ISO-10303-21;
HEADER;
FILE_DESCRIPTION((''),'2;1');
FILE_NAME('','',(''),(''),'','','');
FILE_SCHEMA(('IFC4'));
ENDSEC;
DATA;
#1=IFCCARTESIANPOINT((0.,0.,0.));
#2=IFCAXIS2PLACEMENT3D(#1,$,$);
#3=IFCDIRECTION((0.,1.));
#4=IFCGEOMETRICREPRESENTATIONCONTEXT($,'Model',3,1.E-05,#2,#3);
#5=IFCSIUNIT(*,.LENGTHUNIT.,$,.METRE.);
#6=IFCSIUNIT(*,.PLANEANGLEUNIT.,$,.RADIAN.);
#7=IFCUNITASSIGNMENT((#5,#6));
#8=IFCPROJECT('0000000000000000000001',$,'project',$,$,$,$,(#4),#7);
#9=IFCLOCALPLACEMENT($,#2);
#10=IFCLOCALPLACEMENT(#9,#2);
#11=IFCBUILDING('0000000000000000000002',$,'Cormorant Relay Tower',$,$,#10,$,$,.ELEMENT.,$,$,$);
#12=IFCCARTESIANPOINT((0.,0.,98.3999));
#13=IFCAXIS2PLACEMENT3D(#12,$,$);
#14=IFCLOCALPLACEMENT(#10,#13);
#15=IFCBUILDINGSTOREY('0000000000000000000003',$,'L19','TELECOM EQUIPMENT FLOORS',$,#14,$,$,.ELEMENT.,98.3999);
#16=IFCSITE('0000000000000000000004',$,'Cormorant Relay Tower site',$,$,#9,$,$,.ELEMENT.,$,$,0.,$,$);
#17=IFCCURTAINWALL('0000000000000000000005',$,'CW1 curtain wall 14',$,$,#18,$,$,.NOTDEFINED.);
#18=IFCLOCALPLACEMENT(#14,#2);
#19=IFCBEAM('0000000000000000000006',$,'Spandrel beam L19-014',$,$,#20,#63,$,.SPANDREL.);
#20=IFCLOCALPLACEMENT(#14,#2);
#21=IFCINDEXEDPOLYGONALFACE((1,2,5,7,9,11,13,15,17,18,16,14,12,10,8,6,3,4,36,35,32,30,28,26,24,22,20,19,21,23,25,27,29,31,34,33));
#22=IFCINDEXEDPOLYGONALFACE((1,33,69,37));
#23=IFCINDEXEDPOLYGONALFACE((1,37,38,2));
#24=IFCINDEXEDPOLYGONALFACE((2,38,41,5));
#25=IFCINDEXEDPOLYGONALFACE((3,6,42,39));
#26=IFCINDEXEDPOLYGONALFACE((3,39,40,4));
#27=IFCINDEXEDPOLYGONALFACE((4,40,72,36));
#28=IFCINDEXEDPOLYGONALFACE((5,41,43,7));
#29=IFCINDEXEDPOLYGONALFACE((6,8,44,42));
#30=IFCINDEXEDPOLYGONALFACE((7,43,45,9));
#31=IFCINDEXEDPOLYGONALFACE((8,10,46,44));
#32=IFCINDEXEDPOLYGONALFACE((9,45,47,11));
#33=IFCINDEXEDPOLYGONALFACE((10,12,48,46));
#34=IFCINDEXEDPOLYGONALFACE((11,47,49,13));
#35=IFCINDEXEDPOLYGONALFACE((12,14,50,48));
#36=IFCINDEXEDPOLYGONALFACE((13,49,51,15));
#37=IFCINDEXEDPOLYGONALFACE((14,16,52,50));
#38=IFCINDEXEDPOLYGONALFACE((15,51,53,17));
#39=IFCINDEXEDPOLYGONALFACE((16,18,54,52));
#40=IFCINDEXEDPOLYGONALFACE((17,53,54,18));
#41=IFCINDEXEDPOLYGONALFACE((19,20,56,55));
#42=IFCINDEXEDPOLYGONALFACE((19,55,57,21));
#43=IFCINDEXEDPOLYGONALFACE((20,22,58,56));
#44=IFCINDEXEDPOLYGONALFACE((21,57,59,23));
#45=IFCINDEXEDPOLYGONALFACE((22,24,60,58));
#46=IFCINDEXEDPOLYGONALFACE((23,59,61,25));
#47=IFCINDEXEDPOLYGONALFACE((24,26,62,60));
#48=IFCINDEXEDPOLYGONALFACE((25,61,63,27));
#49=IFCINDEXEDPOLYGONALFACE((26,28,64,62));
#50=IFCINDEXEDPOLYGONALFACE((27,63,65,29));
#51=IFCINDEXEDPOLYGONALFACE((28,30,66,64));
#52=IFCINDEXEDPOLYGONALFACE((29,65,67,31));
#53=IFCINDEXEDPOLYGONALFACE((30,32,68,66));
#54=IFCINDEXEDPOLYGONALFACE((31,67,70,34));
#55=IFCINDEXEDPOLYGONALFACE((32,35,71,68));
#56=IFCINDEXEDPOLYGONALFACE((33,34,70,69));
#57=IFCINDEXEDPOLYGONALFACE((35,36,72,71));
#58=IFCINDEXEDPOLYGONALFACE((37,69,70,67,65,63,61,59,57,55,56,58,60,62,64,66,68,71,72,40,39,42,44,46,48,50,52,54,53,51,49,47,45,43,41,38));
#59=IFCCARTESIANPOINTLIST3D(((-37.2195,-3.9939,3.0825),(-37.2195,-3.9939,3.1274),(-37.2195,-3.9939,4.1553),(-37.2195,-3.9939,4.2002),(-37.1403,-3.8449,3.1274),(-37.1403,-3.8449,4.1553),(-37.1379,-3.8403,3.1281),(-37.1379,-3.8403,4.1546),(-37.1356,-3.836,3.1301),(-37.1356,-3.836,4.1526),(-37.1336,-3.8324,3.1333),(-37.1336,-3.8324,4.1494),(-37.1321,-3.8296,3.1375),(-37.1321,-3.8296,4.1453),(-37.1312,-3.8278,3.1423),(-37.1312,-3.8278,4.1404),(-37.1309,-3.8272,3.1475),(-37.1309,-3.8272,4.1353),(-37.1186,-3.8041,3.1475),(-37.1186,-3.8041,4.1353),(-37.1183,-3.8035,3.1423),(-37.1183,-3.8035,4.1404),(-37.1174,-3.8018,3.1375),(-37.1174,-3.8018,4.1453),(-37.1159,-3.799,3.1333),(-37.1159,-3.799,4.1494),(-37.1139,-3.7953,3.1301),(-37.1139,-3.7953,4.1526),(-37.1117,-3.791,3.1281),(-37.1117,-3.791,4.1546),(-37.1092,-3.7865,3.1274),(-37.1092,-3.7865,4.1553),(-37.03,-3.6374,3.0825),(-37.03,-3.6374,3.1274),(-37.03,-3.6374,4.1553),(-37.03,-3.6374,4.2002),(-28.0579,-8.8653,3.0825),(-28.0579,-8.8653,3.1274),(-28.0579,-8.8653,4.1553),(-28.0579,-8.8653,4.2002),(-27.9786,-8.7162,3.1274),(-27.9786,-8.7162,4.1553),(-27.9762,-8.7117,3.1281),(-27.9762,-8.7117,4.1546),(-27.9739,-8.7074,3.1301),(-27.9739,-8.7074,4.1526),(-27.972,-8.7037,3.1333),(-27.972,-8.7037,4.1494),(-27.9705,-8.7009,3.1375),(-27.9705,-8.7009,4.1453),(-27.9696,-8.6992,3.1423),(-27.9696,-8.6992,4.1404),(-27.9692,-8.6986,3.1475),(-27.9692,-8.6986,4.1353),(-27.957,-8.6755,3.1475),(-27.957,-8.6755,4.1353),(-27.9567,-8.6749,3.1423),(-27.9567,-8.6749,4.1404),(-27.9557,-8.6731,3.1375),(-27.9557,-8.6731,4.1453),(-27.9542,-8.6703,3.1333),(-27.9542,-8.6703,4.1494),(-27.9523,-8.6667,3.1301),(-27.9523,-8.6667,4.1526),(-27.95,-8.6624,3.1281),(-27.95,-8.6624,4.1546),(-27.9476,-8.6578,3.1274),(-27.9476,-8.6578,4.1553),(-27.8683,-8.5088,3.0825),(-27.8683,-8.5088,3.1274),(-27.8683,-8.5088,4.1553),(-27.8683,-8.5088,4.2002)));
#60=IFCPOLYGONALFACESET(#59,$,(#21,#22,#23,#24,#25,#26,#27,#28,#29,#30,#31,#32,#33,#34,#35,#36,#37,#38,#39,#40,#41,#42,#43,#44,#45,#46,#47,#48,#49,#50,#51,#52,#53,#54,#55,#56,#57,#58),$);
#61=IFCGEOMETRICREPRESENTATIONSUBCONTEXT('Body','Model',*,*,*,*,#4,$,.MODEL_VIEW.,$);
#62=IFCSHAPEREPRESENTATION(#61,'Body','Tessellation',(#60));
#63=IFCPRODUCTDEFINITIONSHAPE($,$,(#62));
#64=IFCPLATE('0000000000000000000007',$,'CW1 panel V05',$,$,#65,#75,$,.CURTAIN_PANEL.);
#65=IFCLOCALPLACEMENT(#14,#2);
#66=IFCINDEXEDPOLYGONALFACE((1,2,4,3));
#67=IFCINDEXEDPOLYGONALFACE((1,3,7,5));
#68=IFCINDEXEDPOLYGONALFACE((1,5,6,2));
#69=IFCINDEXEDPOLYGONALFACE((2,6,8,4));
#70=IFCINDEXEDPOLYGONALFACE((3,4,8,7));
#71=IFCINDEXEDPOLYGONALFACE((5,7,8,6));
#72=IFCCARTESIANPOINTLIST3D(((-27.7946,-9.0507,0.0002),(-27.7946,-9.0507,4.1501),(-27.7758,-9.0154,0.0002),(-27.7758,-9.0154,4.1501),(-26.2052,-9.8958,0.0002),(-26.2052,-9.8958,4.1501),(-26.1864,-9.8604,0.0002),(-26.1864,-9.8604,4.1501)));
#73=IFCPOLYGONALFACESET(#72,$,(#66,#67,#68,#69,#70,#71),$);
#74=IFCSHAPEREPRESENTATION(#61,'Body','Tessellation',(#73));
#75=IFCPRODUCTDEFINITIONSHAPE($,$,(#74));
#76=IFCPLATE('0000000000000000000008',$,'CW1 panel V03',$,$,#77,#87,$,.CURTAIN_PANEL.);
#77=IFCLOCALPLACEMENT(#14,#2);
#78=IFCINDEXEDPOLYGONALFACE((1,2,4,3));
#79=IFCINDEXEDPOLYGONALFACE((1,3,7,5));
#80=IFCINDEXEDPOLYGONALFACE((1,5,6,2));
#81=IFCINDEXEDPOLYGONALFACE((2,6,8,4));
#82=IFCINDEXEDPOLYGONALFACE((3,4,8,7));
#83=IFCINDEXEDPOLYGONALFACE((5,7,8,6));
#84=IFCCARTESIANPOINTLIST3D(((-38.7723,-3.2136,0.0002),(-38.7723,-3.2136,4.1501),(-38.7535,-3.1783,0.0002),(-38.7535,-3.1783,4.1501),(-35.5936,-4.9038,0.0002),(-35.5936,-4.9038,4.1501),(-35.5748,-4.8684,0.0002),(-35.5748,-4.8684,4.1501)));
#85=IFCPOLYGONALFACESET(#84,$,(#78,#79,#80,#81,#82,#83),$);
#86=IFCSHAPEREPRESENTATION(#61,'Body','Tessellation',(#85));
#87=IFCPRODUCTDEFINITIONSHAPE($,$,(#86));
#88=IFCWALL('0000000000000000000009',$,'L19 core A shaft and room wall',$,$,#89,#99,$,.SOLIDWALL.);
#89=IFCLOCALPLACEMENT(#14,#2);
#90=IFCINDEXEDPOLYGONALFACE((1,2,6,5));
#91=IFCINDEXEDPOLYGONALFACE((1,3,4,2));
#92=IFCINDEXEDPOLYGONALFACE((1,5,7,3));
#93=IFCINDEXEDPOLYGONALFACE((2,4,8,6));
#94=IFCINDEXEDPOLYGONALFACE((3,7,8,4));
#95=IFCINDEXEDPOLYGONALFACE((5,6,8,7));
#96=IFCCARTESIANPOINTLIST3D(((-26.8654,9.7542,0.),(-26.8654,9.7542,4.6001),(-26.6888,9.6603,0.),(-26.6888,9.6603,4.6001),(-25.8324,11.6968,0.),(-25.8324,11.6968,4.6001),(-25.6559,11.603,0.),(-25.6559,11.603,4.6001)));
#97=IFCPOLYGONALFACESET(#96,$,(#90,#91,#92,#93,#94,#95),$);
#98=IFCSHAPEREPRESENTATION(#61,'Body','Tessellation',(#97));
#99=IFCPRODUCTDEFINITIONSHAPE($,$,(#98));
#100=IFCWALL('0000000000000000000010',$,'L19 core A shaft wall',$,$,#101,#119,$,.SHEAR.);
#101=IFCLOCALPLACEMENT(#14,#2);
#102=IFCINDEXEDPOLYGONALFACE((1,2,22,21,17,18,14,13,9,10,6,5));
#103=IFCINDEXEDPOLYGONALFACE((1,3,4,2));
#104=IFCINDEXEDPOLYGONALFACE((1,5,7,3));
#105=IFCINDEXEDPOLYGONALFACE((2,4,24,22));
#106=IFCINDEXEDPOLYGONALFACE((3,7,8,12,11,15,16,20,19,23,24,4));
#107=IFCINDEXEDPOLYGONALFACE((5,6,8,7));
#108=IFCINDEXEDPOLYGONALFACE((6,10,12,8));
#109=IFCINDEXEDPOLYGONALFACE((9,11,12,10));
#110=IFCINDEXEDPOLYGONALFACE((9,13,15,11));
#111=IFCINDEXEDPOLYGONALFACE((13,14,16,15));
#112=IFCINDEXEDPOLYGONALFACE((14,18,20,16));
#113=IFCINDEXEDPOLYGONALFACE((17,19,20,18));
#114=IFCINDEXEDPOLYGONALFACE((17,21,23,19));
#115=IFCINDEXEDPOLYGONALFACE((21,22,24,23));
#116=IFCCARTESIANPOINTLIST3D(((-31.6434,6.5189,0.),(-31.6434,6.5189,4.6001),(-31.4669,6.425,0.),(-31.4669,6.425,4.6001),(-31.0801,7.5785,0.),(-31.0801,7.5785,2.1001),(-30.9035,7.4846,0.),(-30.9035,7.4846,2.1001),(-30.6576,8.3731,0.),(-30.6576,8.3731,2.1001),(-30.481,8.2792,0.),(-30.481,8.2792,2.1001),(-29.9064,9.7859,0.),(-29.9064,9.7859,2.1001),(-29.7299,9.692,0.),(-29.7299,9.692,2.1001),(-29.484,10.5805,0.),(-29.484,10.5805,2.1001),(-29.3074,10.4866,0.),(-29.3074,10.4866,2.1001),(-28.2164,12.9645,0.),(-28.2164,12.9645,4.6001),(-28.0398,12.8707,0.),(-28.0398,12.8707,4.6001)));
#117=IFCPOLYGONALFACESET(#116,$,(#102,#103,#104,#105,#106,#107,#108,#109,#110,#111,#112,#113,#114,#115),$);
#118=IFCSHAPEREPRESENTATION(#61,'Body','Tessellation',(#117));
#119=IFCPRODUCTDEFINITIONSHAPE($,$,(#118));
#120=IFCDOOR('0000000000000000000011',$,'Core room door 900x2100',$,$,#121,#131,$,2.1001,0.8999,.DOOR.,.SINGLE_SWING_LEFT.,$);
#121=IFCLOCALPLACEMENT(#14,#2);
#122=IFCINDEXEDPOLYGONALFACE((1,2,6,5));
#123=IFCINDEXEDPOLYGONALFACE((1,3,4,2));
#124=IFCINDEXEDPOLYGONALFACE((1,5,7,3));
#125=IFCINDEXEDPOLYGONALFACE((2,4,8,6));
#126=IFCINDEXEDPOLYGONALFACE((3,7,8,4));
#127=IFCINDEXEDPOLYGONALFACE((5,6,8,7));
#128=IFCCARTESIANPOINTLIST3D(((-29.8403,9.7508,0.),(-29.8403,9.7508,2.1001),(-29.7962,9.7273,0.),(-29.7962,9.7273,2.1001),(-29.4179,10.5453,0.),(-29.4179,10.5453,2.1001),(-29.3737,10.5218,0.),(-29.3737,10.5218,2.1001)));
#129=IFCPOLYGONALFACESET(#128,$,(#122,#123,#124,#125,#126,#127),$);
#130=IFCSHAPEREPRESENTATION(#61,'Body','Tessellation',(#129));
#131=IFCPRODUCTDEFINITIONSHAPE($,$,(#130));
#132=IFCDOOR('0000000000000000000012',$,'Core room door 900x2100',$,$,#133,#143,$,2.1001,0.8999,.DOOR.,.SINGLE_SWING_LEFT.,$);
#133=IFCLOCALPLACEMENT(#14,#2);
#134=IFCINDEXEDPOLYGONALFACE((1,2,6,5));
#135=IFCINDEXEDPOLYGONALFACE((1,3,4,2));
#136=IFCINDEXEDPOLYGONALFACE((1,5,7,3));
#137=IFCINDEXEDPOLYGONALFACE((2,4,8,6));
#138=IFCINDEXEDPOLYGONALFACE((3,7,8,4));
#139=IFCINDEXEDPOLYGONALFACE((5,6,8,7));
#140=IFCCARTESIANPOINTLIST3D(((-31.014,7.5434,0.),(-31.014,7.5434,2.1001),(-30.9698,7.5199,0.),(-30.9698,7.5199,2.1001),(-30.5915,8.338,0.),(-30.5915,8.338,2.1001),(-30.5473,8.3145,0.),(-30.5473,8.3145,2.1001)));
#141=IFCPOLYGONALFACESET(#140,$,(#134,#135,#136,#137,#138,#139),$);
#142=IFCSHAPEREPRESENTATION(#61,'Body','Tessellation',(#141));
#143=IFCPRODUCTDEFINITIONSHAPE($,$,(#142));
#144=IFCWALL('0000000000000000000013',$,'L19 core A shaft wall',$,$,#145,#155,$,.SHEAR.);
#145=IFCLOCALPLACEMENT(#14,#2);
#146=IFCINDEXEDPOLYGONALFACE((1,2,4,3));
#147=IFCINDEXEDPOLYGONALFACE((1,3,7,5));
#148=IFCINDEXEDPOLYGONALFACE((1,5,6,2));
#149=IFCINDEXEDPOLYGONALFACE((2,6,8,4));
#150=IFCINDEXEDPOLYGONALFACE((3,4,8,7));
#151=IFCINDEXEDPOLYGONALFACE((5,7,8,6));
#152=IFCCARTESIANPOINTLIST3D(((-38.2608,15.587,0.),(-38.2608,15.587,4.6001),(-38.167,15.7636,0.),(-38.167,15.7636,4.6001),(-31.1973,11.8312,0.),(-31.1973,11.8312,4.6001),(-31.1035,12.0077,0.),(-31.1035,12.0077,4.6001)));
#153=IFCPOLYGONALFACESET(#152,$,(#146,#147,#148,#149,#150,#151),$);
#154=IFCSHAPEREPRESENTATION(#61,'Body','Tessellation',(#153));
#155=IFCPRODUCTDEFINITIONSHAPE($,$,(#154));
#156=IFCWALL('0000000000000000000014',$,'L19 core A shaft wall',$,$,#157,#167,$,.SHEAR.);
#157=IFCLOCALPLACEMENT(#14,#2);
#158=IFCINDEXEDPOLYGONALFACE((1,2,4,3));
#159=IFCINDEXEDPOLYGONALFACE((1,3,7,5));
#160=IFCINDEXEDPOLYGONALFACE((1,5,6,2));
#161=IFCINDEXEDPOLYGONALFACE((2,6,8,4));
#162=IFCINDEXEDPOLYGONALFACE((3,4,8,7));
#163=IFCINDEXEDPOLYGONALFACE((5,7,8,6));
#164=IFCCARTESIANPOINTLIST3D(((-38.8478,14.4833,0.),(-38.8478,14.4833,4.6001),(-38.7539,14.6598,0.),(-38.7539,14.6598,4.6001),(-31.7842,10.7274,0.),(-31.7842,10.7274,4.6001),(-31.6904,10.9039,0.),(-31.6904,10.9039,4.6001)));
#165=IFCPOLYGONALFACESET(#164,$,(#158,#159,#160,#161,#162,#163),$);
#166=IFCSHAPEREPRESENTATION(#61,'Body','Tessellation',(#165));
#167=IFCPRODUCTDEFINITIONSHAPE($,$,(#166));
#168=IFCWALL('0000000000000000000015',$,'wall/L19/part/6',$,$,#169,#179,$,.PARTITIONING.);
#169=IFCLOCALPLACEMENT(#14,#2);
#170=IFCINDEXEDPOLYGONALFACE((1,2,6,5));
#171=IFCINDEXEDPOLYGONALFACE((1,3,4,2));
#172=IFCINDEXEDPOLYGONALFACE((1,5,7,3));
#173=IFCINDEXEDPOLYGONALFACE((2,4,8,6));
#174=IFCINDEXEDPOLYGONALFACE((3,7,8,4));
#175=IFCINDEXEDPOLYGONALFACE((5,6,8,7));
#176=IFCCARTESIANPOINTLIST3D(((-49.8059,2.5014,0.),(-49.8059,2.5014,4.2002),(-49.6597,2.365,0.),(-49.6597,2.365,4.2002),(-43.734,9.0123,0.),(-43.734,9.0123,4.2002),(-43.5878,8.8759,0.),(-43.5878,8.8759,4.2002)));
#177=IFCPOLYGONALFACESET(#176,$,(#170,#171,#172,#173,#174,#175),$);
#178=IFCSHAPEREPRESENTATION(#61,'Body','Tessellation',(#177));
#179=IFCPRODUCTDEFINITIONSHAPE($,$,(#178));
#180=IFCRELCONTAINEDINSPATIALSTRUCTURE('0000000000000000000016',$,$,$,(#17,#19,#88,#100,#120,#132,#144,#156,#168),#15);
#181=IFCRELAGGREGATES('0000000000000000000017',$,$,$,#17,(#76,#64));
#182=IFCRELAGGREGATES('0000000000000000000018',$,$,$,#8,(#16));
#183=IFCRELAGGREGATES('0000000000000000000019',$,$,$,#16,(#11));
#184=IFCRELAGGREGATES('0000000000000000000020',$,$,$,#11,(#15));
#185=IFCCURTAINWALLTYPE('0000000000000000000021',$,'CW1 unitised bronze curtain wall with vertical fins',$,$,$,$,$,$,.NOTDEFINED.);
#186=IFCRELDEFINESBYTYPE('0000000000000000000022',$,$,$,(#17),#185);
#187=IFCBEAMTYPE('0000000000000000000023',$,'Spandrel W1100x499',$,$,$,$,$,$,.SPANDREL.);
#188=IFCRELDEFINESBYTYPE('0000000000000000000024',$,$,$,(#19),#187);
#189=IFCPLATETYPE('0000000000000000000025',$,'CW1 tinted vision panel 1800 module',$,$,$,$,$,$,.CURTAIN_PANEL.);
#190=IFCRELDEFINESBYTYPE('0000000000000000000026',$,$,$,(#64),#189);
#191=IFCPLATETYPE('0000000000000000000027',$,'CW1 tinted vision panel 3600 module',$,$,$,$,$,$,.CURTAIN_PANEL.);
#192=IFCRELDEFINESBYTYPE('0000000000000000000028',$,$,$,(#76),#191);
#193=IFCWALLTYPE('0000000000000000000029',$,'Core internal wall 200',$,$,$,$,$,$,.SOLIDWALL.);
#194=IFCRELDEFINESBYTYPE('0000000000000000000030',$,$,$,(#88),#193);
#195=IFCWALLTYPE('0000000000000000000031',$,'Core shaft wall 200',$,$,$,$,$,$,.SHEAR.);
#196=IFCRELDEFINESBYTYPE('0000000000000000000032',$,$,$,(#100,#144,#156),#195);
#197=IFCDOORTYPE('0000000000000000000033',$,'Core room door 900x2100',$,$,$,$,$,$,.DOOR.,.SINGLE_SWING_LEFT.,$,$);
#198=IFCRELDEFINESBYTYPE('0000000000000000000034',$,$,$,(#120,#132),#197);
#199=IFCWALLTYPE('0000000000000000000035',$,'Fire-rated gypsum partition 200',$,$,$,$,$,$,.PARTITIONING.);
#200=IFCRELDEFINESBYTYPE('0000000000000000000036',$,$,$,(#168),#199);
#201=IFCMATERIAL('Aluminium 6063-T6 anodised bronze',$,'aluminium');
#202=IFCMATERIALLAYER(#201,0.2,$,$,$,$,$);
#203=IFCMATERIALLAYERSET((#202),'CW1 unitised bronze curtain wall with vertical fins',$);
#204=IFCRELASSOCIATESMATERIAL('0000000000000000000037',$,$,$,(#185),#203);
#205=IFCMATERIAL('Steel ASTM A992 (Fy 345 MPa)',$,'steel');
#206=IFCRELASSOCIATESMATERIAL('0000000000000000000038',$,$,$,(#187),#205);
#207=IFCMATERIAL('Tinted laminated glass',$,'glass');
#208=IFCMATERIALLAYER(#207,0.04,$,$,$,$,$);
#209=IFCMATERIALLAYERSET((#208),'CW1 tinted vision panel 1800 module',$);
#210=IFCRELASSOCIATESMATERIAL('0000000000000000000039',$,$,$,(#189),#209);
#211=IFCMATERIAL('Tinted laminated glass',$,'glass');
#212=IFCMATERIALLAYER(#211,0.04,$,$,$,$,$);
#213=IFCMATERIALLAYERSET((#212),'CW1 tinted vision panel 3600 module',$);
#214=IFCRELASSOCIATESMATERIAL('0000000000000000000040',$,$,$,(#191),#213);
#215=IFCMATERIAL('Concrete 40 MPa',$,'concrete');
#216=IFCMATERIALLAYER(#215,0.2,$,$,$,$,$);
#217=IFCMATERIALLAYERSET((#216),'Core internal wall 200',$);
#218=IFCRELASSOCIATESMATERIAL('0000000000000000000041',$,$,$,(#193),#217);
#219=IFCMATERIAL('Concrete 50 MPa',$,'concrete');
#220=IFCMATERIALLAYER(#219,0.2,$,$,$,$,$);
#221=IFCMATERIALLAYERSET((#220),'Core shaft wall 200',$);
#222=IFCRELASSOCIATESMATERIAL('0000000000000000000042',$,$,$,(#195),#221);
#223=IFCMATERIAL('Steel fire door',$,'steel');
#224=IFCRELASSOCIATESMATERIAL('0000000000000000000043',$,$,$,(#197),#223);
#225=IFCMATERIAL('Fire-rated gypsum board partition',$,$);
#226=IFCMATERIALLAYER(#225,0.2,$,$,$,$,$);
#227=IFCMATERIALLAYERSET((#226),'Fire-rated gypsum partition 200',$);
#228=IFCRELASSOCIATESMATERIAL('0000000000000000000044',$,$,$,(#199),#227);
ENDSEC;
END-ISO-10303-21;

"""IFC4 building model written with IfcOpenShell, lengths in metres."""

from ifc_helpers import new_model, si_unit, direction, frame, frame_2d, origin, origin_2d, place, context, subcontext, project, spatial, rectangle, i_section, extrude, material, layer, layer_set, material_profile, profile_set, type_object, element, fill, aggregate, save


model = new_model("IFC4")

# Units and contexts
model_context = context("Model", 3, precision=1e-05, world=origin(), true_north=direction((0.0, 1.0)))
body_context = subcontext(model_context, "Body", "Model", "MODEL_VIEW")
ifc_project = project(units=[si_unit("LENGTHUNIT", "METRE"), si_unit("PLANEANGLEUNIT", "RADIAN")], contexts=[model_context])

# Site, building, storey
site_placement = place(None, origin())
site = spatial("IfcSite", under=ifc_project, at=site_placement, Name="Cormorant Relay Tower site", CompositionType="ELEMENT", RefElevation=0.0)
building_placement = place(site_placement, origin())
building = spatial("IfcBuilding", under=site, at=building_placement, Name="Cormorant Relay Tower", CompositionType="ELEMENT")
storey_placement = place(building_placement, frame((0.0, 0.0, 98.3999)))
storey = spatial("IfcBuildingStorey", under=building, at=storey_placement, Name="L19", Description="TELECOM EQUIPMENT FLOORS", CompositionType="ELEMENT", Elevation=98.3999)

# Curtain wall
ifc_material_1 = material(Name="Aluminium 6063-T6 anodised bronze", Category="aluminium")
ifc_layer_1 = layer(ifc_material_1, 0.2)
ifc_layer_set_1 = layer_set([ifc_layer_1], Name="CW1 unitised bronze curtain wall with vertical fins")
curtain_wall_type = type_object("IfcCurtainWallType", Name="CW1 unitised bronze curtain wall with vertical fins", PredefinedType="NOTDEFINED", material=ifc_layer_set_1)
curtain_wall_placement = place(storey_placement, origin())
curtain_wall = element("IfcCurtainWall", 1, at=curtain_wall_placement, inside=storey, type_object=curtain_wall_type, Name="CW1 curtain wall 14", PredefinedType="NOTDEFINED")

# Beam
ifc_material_2 = material(Name="Steel ASTM A992 (Fy 345 MPa)", Category="steel")
ifc_material_profile_1 = material_profile(ifc_material_2, i_section(OverallWidth=0.4038, OverallDepth=1.1177, WebThickness=0.0261, FlangeThickness=0.0449, FilletRadius=0.02, at=origin_2d()), Name="W1100x499")
ifc_profile_set_1 = profile_set([ifc_material_profile_1], Name="Steel ASTM A992 (Fy 345 MPa)")
beam_type = type_object("IfcBeamType", Name="Spandrel W1100x499", PredefinedType="SPANDREL", material=ifc_profile_set_1)
beam_placement = place(storey_placement, frame((-37.1248, -3.8157, 3.6414), z_axis=(0.882947, -0.469473, 0.0), x_axis=(0.469473, 0.882947, 0.0)))
element("IfcBeam", 2, at=beam_placement, inside=storey, type_object=beam_type, Name="Spandrel beam L19-014", PredefinedType="SPANDREL", context=body_context, shape_type="SweptSolid", body=[
    extrude(i_section(OverallWidth=0.4038, OverallDepth=1.1177, WebThickness=0.0261, FlangeThickness=0.0449, FilletRadius=0.02, at=origin_2d()), origin(), (0.0, 0.0, 1.0), 10.3762),
])

# Plates
ifc_material_3 = material(Name="Tinted laminated glass", Category="glass")
ifc_layer_2 = layer(ifc_material_3, 0.04)
ifc_layer_set_2 = layer_set([ifc_layer_2], Name="CW1 tinted vision panel 1800 module")
plate_type_1 = type_object("IfcPlateType", Name="CW1 tinted vision panel 1800 module", PredefinedType="CURTAIN_PANEL", material=ifc_layer_set_2)
plate_1_placement = place(storey_placement, frame((-26.9905, -9.4556, 0.0002), z_axis=(0.0, 0.0, 1.0), x_axis=(0.882948, -0.469472, 0.0)))
plate_1 = element("IfcPlate", 3, at=plate_1_placement, type_object=plate_type_1, Name="CW1 panel V05", PredefinedType="CURTAIN_PANEL", context=body_context, shape_type="SweptSolid", body=[
    extrude(rectangle(XDim=1.8, YDim=0.04, at=origin_2d()), origin(), (0.0, 0.0, 1.0), 4.1499),
])
ifc_material_4 = material(Name="Tinted laminated glass", Category="glass")
ifc_layer_3 = layer(ifc_material_4, 0.04)
ifc_layer_set_3 = layer_set([ifc_layer_3], Name="CW1 tinted vision panel 3600 module")
plate_type_2 = type_object("IfcPlateType", Name="CW1 tinted vision panel 3600 module", PredefinedType="CURTAIN_PANEL", material=ifc_layer_set_3)
plate_2_placement = place(storey_placement, frame((-37.1736, -4.041, 0.0002), z_axis=(0.0, 0.0, 1.0), x_axis=(0.882948, -0.469472, 0.0)))
plate_2 = element("IfcPlate", 4, at=plate_2_placement, type_object=plate_type_2, Name="CW1 panel V03", PredefinedType="CURTAIN_PANEL", context=body_context, shape_type="SweptSolid", body=[
    extrude(rectangle(XDim=3.6001, YDim=0.04, at=origin_2d()), origin(), (0.0, 0.0, 1.0), 4.1499),
])

# Wall
ifc_material_5 = material(Name="Concrete 40 MPa", Category="concrete")
ifc_layer_4 = layer(ifc_material_5, 0.2)
ifc_layer_set_4 = layer_set([ifc_layer_4], Name="Core internal wall 200")
wall_type_1 = type_object("IfcWallType", Name="Core internal wall 200", PredefinedType="SOLIDWALL", material=ifc_layer_set_4)
wall_1_placement = place(storey_placement, frame((-25.7441, 11.6499, 0.0), z_axis=(0.0, 0.0, 1.0), x_axis=(-0.469488, -0.882939, 0.0)))
element("IfcWall", 5, at=wall_1_placement, inside=storey, type_object=wall_type_1, Name="L19 core A shaft and room wall", PredefinedType="SOLIDWALL", context=body_context, shape_type="SweptSolid", body=[
    extrude(rectangle(XDim=2.2002, YDim=0.2, at=frame_2d((1.1001, 0.0))), origin(), (0.0, 0.0, 1.0), 4.6001),
])

# Wall, openings, doors
ifc_material_6 = material(Name="Concrete 50 MPa", Category="concrete")
ifc_layer_5 = layer(ifc_material_6, 0.2)
ifc_layer_set_5 = layer_set([ifc_layer_5], Name="Core shaft wall 200")
wall_type_2 = type_object("IfcWallType", Name="Core shaft wall 200", PredefinedType="SHEAR", material=ifc_layer_set_5)
wall_2_placement = place(storey_placement, frame((-28.1282, 12.9175, 0.0), z_axis=(0.0, 0.0, 1.0), x_axis=(-0.469454, -0.882957, 0.0)))
wall_2 = element("IfcWall", 6, at=wall_2_placement, inside=storey, type_object=wall_type_2, Name="L19 core A shaft wall", PredefinedType="SHEAR", context=body_context, shape_type="SweptSolid", body=[
    extrude(rectangle(XDim=7.3, YDim=0.2, at=frame_2d((3.6499, 0.0))), origin(), (0.0, 0.0, 1.0), 4.6001),
])
opening_1_placement = place(wall_2_placement, frame((2.7, 0.0, 0.0)))
opening_1 = element("IfcOpeningElement", 7, at=opening_1_placement, cuts=wall_2, PredefinedType="OPENING", context=body_context, shape_type="SweptSolid", body=[
    extrude(rectangle(XDim=0.8999, YDim=2.1001, at=frame_2d((0.45, 1.05))), frame((0.0, 0.1099, 0.0), z_axis=(0.0, -1.0, 0.0), x_axis=(1.0, 0.0, 0.0)), (0.0, 0.0, 1.0), 0.22),
])
opening_2_placement = place(wall_2_placement, frame((5.2, 0.0, 0.0)))
opening_2 = element("IfcOpeningElement", 8, at=opening_2_placement, cuts=wall_2, PredefinedType="OPENING", context=body_context, shape_type="SweptSolid", body=[
    extrude(rectangle(XDim=0.8999, YDim=2.1001, at=frame_2d((0.45, 1.05))), frame((0.0, 0.1099, 0.0), z_axis=(0.0, -1.0, 0.0), x_axis=(1.0, 0.0, 0.0)), (0.0, 0.0, 1.0), 0.22),
])
ifc_material_7 = material(Name="Steel fire door", Category="steel")
door_type = type_object("IfcDoorType", Name="Core room door 900x2100", OperationType="SINGLE_SWING_LEFT", PredefinedType="DOOR", material=ifc_material_7)
door_1_placement = place(opening_1_placement, origin())
door_1 = element("IfcDoor", 9, at=door_1_placement, inside=storey, type_object=door_type, Name="Core room door 900x2100", OperationType="SINGLE_SWING_LEFT", OverallHeight=2.1001, OverallWidth=0.8999, PredefinedType="DOOR", context=body_context, shape_type="SweptSolid", body=[
    extrude(rectangle(XDim=0.8999, YDim=2.1001, at=frame_2d((0.45, 1.05))), frame((0.0, 0.0249, 0.0), z_axis=(0.0, -1.0, 0.0), x_axis=(1.0, 0.0, 0.0)), (0.0, 0.0, 1.0), 0.05),
])
fill(opening_1, door_1)
door_2_placement = place(opening_2_placement, origin())
door_2 = element("IfcDoor", 10, at=door_2_placement, inside=storey, type_object=door_type, Name="Core room door 900x2100", OperationType="SINGLE_SWING_LEFT", OverallHeight=2.1001, OverallWidth=0.8999, PredefinedType="DOOR", context=body_context, shape_type="SweptSolid", body=[
    extrude(rectangle(XDim=0.8999, YDim=2.1001, at=frame_2d((0.45, 1.05))), frame((0.0, 0.0249, 0.0), z_axis=(0.0, -1.0, 0.0), x_axis=(1.0, 0.0, 0.0)), (0.0, 0.0, 1.0), 0.05),
])
fill(opening_2, door_2)

# Walls
for number, where, z_axis, x_axis, name in (
    (11, (-31.1504, 11.9194, 0.0), (0.0, 0.0, 1.0), (-0.88294, 0.469485, 0.0), "L19 core A shaft wall"),
    (12, (-31.7373, 10.8157, 0.0), (0.0, 0.0, 1.0), (-0.88294, 0.469485, 0.0), "L19 core A shaft wall"),
):
    element("IfcWall", number, at=place(storey_placement, frame(where, z_axis=z_axis, x_axis=x_axis)), inside=storey, type_object=wall_type_2, Name=name, PredefinedType="SHEAR", context=body_context, shape_type="SweptSolid", body=[
        extrude(rectangle(XDim=8.0, YDim=0.2, at=frame_2d((4.0, 0.0))), origin(), (0.0, 0.0, 1.0), 4.6001),
    ])
ifc_material_8 = material(Name="Fire-rated gypsum board partition")
ifc_layer_6 = layer(ifc_material_8, 0.2)
ifc_layer_set_6 = layer_set([ifc_layer_6], Name="Fire-rated gypsum partition 200")
wall_type_3 = type_object("IfcWallType", Name="Fire-rated gypsum partition 200", PredefinedType="PARTITIONING", material=ifc_layer_set_6)
wall_3_placement = place(storey_placement, frame((-43.6609, 8.9441, 0.0), z_axis=(0.0, 0.0, 1.0), x_axis=(-0.682024, -0.73133, 0.0)))
element("IfcWall", 13, at=wall_3_placement, inside=storey, type_object=wall_type_3, Name="wall/L19/part/6", PredefinedType="PARTITIONING", context=body_context, shape_type="SweptSolid", body=[
    extrude(rectangle(XDim=8.9028, YDim=0.2, at=frame_2d((4.4514, 0.0))), origin(), (0.0, 0.0, 1.0), 4.2002),
])

aggregate(curtain_wall, [plate_2, plate_1])

save(model, "model.ifc")
